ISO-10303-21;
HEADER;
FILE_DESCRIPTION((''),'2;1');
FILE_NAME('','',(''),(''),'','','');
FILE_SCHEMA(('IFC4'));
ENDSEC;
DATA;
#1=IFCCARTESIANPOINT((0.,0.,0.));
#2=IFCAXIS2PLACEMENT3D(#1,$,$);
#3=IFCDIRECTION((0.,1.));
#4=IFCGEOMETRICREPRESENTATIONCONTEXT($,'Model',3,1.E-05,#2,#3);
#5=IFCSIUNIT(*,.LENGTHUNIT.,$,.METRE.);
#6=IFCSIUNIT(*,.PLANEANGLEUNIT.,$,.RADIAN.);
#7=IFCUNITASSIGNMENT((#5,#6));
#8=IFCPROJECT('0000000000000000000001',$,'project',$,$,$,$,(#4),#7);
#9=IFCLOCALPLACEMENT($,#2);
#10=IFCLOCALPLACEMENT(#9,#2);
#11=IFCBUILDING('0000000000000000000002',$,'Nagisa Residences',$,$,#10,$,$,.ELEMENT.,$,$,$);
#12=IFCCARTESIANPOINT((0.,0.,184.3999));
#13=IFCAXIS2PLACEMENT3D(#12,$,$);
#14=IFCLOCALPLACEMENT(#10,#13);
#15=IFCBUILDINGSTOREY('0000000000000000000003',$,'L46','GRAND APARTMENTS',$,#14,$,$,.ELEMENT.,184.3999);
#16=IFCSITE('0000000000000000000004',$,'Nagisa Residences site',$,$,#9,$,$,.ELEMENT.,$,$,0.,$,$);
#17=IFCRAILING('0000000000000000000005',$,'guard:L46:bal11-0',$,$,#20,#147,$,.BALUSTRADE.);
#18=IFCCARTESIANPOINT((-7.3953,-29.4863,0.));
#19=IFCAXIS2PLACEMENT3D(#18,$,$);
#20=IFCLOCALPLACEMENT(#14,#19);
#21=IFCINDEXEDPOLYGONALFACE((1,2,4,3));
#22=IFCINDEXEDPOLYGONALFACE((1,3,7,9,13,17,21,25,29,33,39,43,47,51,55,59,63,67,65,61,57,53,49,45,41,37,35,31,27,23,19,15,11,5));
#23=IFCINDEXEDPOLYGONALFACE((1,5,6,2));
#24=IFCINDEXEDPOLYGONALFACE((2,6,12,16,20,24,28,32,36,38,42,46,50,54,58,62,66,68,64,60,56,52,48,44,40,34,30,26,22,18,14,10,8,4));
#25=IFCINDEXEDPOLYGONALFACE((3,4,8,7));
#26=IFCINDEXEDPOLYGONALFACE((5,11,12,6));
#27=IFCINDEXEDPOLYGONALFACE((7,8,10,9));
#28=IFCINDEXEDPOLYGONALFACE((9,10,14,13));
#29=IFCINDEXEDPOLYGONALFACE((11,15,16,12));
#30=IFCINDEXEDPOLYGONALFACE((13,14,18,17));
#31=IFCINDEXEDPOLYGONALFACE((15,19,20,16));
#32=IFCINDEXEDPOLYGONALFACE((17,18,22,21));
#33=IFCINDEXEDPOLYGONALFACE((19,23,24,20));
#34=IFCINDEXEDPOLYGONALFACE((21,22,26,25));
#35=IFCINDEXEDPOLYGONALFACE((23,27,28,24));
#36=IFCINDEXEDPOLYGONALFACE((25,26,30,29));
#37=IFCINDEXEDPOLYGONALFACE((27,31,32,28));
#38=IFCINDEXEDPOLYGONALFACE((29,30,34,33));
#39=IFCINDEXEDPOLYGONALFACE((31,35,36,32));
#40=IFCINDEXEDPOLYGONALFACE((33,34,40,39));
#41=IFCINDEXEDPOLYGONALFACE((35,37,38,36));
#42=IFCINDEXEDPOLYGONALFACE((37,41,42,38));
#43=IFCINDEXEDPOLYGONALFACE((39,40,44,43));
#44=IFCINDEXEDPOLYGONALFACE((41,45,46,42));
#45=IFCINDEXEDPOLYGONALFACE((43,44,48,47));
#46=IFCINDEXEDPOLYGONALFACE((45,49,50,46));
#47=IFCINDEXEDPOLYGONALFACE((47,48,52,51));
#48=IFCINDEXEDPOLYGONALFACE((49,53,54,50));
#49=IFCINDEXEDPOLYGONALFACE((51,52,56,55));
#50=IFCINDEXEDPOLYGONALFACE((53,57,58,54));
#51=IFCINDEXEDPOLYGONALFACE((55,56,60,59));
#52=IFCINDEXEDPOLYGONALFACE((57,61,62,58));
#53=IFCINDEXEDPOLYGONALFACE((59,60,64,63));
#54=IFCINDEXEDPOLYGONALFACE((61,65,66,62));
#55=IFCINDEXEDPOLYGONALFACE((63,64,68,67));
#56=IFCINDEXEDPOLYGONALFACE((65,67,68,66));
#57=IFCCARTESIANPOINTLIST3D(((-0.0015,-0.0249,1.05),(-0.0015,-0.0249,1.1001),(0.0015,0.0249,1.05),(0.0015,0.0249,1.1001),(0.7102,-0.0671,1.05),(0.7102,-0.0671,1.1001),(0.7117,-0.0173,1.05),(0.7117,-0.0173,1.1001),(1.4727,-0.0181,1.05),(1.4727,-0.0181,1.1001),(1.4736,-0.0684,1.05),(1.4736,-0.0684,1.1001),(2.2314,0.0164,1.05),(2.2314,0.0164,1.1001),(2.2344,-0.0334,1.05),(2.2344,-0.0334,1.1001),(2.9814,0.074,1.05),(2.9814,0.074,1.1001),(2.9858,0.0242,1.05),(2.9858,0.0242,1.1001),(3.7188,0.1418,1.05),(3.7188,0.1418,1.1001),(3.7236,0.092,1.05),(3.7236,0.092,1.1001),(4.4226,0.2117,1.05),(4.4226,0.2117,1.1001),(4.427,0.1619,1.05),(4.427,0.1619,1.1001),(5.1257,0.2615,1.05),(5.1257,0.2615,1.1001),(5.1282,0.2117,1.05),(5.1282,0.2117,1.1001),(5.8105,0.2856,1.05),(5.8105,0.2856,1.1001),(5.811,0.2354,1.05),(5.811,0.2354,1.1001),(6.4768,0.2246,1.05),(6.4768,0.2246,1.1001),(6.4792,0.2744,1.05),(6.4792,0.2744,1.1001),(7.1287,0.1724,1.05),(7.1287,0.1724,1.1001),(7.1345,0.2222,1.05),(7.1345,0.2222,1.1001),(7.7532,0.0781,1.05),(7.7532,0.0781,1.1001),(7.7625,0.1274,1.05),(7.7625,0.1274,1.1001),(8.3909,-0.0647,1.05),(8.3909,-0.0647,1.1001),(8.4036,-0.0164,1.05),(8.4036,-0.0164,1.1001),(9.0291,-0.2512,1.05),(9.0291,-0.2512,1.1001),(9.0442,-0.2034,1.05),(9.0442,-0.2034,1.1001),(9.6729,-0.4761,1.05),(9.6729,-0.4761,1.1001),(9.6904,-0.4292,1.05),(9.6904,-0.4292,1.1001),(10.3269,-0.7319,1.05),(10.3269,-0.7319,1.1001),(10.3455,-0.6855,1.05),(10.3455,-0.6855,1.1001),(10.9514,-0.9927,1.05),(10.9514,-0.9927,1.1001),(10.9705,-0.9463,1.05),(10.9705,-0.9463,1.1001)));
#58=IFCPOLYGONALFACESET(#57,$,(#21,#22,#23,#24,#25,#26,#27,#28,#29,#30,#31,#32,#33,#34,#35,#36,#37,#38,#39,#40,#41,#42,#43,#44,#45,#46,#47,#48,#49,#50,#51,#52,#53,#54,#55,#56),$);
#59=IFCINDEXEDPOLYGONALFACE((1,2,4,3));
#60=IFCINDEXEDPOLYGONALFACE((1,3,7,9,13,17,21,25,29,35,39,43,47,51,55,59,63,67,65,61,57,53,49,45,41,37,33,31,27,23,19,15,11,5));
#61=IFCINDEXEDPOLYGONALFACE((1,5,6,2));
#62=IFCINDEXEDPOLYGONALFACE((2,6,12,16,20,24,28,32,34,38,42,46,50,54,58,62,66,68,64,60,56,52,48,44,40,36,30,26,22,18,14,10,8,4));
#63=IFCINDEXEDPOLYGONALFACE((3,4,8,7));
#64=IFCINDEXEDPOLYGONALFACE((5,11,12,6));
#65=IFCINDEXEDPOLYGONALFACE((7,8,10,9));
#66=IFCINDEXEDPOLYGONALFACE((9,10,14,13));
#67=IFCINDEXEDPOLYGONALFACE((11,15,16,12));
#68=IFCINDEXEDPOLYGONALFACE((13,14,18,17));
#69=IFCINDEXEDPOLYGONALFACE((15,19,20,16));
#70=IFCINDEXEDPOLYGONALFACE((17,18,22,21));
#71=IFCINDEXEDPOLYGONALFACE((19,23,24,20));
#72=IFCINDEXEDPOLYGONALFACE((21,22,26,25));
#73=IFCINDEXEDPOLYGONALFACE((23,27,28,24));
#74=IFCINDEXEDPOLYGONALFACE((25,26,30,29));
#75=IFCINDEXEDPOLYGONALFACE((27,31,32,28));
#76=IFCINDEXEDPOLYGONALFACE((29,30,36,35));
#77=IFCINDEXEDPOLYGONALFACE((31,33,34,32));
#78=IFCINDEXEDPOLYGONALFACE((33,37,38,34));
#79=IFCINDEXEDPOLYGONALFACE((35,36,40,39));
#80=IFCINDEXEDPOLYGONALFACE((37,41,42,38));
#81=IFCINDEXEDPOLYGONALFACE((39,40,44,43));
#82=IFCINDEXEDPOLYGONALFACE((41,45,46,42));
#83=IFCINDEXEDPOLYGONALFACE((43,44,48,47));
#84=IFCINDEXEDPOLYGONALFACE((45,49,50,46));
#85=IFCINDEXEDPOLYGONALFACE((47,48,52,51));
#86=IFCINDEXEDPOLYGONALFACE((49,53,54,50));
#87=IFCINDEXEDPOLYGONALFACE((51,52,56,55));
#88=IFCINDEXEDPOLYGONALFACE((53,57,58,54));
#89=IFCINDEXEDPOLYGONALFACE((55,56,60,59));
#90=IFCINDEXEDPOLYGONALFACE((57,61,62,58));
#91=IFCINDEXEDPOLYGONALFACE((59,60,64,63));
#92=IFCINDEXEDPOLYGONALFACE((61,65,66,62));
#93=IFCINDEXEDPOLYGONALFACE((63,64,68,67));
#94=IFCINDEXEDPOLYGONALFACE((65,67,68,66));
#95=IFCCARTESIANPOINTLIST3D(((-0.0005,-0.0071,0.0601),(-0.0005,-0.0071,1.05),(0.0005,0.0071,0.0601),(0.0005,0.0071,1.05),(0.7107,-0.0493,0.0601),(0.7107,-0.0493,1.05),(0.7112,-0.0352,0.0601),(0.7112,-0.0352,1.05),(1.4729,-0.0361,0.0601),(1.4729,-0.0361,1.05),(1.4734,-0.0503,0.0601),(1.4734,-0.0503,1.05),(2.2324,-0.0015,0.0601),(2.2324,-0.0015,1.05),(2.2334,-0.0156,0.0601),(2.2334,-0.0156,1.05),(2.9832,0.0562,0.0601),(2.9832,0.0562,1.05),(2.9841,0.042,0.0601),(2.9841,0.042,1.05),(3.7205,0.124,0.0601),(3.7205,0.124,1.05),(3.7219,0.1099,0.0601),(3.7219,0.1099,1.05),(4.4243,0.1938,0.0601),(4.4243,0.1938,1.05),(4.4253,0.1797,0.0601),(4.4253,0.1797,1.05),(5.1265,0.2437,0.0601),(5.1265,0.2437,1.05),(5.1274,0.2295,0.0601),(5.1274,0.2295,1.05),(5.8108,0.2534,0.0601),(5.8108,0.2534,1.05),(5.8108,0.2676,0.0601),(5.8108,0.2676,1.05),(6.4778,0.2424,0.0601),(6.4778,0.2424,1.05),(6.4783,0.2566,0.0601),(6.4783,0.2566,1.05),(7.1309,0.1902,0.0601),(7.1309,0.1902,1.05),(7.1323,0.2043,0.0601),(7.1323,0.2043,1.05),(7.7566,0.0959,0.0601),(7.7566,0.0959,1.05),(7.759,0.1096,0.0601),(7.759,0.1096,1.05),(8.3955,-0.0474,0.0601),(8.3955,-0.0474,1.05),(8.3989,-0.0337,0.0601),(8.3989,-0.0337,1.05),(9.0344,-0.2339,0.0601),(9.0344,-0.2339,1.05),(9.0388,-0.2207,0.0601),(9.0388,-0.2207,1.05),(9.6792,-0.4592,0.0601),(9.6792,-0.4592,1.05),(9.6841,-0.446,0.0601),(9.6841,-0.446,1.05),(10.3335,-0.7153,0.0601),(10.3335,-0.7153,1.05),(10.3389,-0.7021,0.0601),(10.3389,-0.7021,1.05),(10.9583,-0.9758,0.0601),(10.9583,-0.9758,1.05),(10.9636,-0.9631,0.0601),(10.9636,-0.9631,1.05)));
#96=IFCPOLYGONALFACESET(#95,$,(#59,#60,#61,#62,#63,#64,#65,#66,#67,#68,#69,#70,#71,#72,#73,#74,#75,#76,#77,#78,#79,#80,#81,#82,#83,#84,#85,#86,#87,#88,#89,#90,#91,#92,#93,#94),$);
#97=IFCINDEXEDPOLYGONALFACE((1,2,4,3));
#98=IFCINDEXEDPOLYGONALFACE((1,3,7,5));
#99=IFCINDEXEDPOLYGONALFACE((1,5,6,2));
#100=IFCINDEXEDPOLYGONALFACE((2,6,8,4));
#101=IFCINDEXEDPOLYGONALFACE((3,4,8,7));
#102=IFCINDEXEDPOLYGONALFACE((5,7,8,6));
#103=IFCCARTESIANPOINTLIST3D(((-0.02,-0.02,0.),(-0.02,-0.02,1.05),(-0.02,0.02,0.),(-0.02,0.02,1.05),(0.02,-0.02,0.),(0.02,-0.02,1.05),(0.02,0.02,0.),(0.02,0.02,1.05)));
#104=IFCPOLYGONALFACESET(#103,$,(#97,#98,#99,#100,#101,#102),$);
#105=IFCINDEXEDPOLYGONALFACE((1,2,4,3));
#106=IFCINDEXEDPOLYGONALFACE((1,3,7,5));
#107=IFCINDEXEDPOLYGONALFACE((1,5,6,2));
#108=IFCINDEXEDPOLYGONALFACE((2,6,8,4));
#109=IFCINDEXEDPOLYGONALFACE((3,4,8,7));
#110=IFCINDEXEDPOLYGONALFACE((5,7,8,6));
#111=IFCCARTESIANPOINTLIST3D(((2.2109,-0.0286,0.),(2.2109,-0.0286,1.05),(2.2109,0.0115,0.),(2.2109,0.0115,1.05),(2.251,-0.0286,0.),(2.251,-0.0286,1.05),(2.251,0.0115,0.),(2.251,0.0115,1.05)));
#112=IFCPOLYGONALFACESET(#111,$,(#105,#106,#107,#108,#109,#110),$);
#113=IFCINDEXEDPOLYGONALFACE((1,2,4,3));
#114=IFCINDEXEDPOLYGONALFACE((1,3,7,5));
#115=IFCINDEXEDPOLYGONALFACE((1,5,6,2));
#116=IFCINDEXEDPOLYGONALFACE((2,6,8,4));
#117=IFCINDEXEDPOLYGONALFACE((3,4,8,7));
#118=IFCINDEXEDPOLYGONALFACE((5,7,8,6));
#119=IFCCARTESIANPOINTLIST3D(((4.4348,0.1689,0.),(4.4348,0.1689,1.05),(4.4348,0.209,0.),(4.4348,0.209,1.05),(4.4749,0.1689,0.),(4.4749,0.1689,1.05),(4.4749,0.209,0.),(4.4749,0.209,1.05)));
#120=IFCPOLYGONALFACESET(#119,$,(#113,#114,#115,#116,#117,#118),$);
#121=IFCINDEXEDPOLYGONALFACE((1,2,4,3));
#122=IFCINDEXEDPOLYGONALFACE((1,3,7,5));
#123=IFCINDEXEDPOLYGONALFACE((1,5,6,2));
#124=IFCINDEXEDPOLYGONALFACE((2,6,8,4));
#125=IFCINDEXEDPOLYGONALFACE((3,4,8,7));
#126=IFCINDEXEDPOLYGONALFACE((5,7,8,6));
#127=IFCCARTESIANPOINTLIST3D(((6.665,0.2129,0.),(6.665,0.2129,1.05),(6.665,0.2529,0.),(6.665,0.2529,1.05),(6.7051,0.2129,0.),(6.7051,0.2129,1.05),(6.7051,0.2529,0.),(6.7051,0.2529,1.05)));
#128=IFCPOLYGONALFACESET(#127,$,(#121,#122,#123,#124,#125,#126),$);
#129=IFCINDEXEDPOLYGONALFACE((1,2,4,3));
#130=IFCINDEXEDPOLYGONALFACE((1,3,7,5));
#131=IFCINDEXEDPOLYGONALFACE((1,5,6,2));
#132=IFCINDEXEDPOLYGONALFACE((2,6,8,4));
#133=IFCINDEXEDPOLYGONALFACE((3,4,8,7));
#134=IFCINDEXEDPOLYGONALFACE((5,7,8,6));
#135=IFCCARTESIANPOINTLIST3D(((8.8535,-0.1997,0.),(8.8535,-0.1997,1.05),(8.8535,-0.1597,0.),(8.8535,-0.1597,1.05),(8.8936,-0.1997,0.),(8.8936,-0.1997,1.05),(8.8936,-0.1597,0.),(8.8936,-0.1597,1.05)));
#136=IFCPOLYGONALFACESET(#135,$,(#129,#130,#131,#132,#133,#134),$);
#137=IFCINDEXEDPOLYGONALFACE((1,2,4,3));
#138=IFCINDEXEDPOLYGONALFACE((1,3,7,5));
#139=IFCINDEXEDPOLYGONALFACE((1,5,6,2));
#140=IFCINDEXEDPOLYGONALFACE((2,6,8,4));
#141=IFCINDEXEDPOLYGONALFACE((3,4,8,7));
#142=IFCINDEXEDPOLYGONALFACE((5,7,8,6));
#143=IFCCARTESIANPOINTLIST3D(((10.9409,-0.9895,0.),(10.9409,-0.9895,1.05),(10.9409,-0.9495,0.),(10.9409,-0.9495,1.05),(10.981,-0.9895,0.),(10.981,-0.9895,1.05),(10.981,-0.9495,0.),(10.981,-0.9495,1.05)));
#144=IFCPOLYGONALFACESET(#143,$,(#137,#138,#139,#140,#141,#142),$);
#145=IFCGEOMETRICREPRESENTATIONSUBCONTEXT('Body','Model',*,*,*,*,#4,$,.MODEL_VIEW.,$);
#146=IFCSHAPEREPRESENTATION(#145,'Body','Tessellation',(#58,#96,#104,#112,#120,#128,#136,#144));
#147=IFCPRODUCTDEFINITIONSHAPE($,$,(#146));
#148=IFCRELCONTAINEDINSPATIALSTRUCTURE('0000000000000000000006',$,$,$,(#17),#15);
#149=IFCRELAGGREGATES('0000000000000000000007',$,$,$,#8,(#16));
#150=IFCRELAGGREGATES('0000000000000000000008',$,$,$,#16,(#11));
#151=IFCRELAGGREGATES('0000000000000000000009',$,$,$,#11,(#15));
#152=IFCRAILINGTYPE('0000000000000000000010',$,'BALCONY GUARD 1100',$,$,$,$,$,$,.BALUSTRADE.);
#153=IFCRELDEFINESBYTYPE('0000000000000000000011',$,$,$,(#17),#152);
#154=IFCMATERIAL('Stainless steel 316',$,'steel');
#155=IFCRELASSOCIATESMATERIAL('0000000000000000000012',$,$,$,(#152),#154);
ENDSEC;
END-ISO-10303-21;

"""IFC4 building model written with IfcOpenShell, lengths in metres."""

from ifc_helpers import new_model, si_unit, direction, frame, origin, origin_2d, place, context, subcontext, project, spatial, polyline, rectangle, outline, extrude, material, type_object, element, save


model = new_model("IFC4")

# Units and contexts
model_context = context("Model", 3, precision=1e-05, world=origin(), true_north=direction((0.0, 1.0)))
body_context = subcontext(model_context, "Body", "Model", "MODEL_VIEW")
ifc_project = project(units=[si_unit("LENGTHUNIT", "METRE"), si_unit("PLANEANGLEUNIT", "RADIAN")], contexts=[model_context])

# Site, building, storey
site_placement = place(None, origin())
site = spatial("IfcSite", under=ifc_project, at=site_placement, Name="Nagisa Residences site", CompositionType="ELEMENT", RefElevation=0.0)
building_placement = place(site_placement, origin())
building = spatial("IfcBuilding", under=site, at=building_placement, Name="Nagisa Residences", CompositionType="ELEMENT")
storey_placement = place(building_placement, frame((0.0, 0.0, 184.3999)))
storey = spatial("IfcBuildingStorey", under=building, at=storey_placement, Name="L46", Description="GRAND APARTMENTS", CompositionType="ELEMENT", Elevation=184.3999)

# Railing
ifc_material_1 = material(Name="Stainless steel 316", Category="steel")
railing_type = type_object("IfcRailingType", Name="BALCONY GUARD 1100", PredefinedType="BALUSTRADE", material=ifc_material_1)
railing_placement = place(storey_placement, frame((-7.3953, -29.4863, 0.0)))
element("IfcRailing", 1, at=railing_placement, inside=storey, type_object=railing_type, Name="guard:L46:bal11-0", PredefinedType="BALUSTRADE", context=body_context, shape_type="SweptSolid", body=[
    extrude(outline(polyline([(0.7117, -0.0173), (0.0015, 0.0249), (-0.0015, -0.0249), (0.7102, -0.0671), (1.4736, -0.0684), (2.2344, -0.0334), (2.9858, 0.0242), (3.7236, 0.092), (4.427, 0.1619), (5.1282, 0.2117), (5.811, 0.2354), (6.4768, 0.2246), (7.1287, 0.1724), (7.7532, 0.0781), (8.3909, -0.0647), (9.0291, -0.2512), (9.6729, -0.4761), (10.3269, -0.7319), (10.9514, -0.9927), (10.9705, -0.9463), (10.3455, -0.6855), (9.6904, -0.4292), (9.0442, -0.2034), (8.4036, -0.0164), (7.7625, 0.1274), (7.1345, 0.2222), (6.4792, 0.2744), (5.8105, 0.2856), (5.1257, 0.2615), (4.4226, 0.2117), (3.7188, 0.1418), (2.9814, 0.074), (2.2314, 0.0164), (1.4727, -0.0181), (0.7117, -0.0173)])), frame((0.0, 0.0, 1.05)), (0.0, 0.0, 1.0), 0.05),
    extrude(outline(polyline([(0.7112, -0.0352), (0.0005, 0.0071), (-0.0005, -0.0071), (0.7107, -0.0493), (1.4734, -0.0503), (2.2334, -0.0156), (2.9841, 0.042), (3.7219, 0.1099), (4.4253, 0.1797), (5.1274, 0.2295), (5.8108, 0.2534), (6.4778, 0.2424), (7.1309, 0.1902), (7.7566, 0.0959), (8.3955, -0.0474), (9.0344, -0.2339), (9.6792, -0.4592), (10.3335, -0.7153), (10.9583, -0.9758), (10.9636, -0.9631), (10.3389, -0.7021), (9.6841, -0.446), (9.0388, -0.2207), (8.3989, -0.0337), (7.759, 0.1096), (7.1323, 0.2043), (6.4783, 0.2566), (5.8108, 0.2676), (5.1265, 0.2437), (4.4243, 0.1938), (3.7205, 0.124), (2.9832, 0.0562), (2.2324, -0.0015), (1.4729, -0.0361), (0.7112, -0.0352)])), frame((0.0, 0.0, 0.0601)), (0.0, 0.0, 1.0), 0.99),
    extrude(rectangle(XDim=0.04, YDim=0.04, at=origin_2d()), origin(), (0.0, 0.0, 1.0), 1.05),
    extrude(rectangle(XDim=0.04, YDim=0.04, at=origin_2d()), frame((2.231, -0.0085, 0.0)), (0.0, 0.0, 1.0), 1.05),
    extrude(rectangle(XDim=0.04, YDim=0.04, at=origin_2d()), frame((4.4548, 0.189, 0.0)), (0.0, 0.0, 1.0), 1.05),
    extrude(rectangle(XDim=0.04, YDim=0.04, at=origin_2d()), frame((6.6851, 0.2329, 0.0)), (0.0, 0.0, 1.0), 1.05),
    extrude(rectangle(XDim=0.04, YDim=0.04, at=origin_2d()), frame((8.8735, -0.1797, 0.0)), (0.0, 0.0, 1.0), 1.05),
    extrude(rectangle(XDim=0.04, YDim=0.04, at=origin_2d()), frame((10.9609, -0.9695, 0.0)), (0.0, 0.0, 1.0), 1.05),
])

save(model, "model.ifc")
